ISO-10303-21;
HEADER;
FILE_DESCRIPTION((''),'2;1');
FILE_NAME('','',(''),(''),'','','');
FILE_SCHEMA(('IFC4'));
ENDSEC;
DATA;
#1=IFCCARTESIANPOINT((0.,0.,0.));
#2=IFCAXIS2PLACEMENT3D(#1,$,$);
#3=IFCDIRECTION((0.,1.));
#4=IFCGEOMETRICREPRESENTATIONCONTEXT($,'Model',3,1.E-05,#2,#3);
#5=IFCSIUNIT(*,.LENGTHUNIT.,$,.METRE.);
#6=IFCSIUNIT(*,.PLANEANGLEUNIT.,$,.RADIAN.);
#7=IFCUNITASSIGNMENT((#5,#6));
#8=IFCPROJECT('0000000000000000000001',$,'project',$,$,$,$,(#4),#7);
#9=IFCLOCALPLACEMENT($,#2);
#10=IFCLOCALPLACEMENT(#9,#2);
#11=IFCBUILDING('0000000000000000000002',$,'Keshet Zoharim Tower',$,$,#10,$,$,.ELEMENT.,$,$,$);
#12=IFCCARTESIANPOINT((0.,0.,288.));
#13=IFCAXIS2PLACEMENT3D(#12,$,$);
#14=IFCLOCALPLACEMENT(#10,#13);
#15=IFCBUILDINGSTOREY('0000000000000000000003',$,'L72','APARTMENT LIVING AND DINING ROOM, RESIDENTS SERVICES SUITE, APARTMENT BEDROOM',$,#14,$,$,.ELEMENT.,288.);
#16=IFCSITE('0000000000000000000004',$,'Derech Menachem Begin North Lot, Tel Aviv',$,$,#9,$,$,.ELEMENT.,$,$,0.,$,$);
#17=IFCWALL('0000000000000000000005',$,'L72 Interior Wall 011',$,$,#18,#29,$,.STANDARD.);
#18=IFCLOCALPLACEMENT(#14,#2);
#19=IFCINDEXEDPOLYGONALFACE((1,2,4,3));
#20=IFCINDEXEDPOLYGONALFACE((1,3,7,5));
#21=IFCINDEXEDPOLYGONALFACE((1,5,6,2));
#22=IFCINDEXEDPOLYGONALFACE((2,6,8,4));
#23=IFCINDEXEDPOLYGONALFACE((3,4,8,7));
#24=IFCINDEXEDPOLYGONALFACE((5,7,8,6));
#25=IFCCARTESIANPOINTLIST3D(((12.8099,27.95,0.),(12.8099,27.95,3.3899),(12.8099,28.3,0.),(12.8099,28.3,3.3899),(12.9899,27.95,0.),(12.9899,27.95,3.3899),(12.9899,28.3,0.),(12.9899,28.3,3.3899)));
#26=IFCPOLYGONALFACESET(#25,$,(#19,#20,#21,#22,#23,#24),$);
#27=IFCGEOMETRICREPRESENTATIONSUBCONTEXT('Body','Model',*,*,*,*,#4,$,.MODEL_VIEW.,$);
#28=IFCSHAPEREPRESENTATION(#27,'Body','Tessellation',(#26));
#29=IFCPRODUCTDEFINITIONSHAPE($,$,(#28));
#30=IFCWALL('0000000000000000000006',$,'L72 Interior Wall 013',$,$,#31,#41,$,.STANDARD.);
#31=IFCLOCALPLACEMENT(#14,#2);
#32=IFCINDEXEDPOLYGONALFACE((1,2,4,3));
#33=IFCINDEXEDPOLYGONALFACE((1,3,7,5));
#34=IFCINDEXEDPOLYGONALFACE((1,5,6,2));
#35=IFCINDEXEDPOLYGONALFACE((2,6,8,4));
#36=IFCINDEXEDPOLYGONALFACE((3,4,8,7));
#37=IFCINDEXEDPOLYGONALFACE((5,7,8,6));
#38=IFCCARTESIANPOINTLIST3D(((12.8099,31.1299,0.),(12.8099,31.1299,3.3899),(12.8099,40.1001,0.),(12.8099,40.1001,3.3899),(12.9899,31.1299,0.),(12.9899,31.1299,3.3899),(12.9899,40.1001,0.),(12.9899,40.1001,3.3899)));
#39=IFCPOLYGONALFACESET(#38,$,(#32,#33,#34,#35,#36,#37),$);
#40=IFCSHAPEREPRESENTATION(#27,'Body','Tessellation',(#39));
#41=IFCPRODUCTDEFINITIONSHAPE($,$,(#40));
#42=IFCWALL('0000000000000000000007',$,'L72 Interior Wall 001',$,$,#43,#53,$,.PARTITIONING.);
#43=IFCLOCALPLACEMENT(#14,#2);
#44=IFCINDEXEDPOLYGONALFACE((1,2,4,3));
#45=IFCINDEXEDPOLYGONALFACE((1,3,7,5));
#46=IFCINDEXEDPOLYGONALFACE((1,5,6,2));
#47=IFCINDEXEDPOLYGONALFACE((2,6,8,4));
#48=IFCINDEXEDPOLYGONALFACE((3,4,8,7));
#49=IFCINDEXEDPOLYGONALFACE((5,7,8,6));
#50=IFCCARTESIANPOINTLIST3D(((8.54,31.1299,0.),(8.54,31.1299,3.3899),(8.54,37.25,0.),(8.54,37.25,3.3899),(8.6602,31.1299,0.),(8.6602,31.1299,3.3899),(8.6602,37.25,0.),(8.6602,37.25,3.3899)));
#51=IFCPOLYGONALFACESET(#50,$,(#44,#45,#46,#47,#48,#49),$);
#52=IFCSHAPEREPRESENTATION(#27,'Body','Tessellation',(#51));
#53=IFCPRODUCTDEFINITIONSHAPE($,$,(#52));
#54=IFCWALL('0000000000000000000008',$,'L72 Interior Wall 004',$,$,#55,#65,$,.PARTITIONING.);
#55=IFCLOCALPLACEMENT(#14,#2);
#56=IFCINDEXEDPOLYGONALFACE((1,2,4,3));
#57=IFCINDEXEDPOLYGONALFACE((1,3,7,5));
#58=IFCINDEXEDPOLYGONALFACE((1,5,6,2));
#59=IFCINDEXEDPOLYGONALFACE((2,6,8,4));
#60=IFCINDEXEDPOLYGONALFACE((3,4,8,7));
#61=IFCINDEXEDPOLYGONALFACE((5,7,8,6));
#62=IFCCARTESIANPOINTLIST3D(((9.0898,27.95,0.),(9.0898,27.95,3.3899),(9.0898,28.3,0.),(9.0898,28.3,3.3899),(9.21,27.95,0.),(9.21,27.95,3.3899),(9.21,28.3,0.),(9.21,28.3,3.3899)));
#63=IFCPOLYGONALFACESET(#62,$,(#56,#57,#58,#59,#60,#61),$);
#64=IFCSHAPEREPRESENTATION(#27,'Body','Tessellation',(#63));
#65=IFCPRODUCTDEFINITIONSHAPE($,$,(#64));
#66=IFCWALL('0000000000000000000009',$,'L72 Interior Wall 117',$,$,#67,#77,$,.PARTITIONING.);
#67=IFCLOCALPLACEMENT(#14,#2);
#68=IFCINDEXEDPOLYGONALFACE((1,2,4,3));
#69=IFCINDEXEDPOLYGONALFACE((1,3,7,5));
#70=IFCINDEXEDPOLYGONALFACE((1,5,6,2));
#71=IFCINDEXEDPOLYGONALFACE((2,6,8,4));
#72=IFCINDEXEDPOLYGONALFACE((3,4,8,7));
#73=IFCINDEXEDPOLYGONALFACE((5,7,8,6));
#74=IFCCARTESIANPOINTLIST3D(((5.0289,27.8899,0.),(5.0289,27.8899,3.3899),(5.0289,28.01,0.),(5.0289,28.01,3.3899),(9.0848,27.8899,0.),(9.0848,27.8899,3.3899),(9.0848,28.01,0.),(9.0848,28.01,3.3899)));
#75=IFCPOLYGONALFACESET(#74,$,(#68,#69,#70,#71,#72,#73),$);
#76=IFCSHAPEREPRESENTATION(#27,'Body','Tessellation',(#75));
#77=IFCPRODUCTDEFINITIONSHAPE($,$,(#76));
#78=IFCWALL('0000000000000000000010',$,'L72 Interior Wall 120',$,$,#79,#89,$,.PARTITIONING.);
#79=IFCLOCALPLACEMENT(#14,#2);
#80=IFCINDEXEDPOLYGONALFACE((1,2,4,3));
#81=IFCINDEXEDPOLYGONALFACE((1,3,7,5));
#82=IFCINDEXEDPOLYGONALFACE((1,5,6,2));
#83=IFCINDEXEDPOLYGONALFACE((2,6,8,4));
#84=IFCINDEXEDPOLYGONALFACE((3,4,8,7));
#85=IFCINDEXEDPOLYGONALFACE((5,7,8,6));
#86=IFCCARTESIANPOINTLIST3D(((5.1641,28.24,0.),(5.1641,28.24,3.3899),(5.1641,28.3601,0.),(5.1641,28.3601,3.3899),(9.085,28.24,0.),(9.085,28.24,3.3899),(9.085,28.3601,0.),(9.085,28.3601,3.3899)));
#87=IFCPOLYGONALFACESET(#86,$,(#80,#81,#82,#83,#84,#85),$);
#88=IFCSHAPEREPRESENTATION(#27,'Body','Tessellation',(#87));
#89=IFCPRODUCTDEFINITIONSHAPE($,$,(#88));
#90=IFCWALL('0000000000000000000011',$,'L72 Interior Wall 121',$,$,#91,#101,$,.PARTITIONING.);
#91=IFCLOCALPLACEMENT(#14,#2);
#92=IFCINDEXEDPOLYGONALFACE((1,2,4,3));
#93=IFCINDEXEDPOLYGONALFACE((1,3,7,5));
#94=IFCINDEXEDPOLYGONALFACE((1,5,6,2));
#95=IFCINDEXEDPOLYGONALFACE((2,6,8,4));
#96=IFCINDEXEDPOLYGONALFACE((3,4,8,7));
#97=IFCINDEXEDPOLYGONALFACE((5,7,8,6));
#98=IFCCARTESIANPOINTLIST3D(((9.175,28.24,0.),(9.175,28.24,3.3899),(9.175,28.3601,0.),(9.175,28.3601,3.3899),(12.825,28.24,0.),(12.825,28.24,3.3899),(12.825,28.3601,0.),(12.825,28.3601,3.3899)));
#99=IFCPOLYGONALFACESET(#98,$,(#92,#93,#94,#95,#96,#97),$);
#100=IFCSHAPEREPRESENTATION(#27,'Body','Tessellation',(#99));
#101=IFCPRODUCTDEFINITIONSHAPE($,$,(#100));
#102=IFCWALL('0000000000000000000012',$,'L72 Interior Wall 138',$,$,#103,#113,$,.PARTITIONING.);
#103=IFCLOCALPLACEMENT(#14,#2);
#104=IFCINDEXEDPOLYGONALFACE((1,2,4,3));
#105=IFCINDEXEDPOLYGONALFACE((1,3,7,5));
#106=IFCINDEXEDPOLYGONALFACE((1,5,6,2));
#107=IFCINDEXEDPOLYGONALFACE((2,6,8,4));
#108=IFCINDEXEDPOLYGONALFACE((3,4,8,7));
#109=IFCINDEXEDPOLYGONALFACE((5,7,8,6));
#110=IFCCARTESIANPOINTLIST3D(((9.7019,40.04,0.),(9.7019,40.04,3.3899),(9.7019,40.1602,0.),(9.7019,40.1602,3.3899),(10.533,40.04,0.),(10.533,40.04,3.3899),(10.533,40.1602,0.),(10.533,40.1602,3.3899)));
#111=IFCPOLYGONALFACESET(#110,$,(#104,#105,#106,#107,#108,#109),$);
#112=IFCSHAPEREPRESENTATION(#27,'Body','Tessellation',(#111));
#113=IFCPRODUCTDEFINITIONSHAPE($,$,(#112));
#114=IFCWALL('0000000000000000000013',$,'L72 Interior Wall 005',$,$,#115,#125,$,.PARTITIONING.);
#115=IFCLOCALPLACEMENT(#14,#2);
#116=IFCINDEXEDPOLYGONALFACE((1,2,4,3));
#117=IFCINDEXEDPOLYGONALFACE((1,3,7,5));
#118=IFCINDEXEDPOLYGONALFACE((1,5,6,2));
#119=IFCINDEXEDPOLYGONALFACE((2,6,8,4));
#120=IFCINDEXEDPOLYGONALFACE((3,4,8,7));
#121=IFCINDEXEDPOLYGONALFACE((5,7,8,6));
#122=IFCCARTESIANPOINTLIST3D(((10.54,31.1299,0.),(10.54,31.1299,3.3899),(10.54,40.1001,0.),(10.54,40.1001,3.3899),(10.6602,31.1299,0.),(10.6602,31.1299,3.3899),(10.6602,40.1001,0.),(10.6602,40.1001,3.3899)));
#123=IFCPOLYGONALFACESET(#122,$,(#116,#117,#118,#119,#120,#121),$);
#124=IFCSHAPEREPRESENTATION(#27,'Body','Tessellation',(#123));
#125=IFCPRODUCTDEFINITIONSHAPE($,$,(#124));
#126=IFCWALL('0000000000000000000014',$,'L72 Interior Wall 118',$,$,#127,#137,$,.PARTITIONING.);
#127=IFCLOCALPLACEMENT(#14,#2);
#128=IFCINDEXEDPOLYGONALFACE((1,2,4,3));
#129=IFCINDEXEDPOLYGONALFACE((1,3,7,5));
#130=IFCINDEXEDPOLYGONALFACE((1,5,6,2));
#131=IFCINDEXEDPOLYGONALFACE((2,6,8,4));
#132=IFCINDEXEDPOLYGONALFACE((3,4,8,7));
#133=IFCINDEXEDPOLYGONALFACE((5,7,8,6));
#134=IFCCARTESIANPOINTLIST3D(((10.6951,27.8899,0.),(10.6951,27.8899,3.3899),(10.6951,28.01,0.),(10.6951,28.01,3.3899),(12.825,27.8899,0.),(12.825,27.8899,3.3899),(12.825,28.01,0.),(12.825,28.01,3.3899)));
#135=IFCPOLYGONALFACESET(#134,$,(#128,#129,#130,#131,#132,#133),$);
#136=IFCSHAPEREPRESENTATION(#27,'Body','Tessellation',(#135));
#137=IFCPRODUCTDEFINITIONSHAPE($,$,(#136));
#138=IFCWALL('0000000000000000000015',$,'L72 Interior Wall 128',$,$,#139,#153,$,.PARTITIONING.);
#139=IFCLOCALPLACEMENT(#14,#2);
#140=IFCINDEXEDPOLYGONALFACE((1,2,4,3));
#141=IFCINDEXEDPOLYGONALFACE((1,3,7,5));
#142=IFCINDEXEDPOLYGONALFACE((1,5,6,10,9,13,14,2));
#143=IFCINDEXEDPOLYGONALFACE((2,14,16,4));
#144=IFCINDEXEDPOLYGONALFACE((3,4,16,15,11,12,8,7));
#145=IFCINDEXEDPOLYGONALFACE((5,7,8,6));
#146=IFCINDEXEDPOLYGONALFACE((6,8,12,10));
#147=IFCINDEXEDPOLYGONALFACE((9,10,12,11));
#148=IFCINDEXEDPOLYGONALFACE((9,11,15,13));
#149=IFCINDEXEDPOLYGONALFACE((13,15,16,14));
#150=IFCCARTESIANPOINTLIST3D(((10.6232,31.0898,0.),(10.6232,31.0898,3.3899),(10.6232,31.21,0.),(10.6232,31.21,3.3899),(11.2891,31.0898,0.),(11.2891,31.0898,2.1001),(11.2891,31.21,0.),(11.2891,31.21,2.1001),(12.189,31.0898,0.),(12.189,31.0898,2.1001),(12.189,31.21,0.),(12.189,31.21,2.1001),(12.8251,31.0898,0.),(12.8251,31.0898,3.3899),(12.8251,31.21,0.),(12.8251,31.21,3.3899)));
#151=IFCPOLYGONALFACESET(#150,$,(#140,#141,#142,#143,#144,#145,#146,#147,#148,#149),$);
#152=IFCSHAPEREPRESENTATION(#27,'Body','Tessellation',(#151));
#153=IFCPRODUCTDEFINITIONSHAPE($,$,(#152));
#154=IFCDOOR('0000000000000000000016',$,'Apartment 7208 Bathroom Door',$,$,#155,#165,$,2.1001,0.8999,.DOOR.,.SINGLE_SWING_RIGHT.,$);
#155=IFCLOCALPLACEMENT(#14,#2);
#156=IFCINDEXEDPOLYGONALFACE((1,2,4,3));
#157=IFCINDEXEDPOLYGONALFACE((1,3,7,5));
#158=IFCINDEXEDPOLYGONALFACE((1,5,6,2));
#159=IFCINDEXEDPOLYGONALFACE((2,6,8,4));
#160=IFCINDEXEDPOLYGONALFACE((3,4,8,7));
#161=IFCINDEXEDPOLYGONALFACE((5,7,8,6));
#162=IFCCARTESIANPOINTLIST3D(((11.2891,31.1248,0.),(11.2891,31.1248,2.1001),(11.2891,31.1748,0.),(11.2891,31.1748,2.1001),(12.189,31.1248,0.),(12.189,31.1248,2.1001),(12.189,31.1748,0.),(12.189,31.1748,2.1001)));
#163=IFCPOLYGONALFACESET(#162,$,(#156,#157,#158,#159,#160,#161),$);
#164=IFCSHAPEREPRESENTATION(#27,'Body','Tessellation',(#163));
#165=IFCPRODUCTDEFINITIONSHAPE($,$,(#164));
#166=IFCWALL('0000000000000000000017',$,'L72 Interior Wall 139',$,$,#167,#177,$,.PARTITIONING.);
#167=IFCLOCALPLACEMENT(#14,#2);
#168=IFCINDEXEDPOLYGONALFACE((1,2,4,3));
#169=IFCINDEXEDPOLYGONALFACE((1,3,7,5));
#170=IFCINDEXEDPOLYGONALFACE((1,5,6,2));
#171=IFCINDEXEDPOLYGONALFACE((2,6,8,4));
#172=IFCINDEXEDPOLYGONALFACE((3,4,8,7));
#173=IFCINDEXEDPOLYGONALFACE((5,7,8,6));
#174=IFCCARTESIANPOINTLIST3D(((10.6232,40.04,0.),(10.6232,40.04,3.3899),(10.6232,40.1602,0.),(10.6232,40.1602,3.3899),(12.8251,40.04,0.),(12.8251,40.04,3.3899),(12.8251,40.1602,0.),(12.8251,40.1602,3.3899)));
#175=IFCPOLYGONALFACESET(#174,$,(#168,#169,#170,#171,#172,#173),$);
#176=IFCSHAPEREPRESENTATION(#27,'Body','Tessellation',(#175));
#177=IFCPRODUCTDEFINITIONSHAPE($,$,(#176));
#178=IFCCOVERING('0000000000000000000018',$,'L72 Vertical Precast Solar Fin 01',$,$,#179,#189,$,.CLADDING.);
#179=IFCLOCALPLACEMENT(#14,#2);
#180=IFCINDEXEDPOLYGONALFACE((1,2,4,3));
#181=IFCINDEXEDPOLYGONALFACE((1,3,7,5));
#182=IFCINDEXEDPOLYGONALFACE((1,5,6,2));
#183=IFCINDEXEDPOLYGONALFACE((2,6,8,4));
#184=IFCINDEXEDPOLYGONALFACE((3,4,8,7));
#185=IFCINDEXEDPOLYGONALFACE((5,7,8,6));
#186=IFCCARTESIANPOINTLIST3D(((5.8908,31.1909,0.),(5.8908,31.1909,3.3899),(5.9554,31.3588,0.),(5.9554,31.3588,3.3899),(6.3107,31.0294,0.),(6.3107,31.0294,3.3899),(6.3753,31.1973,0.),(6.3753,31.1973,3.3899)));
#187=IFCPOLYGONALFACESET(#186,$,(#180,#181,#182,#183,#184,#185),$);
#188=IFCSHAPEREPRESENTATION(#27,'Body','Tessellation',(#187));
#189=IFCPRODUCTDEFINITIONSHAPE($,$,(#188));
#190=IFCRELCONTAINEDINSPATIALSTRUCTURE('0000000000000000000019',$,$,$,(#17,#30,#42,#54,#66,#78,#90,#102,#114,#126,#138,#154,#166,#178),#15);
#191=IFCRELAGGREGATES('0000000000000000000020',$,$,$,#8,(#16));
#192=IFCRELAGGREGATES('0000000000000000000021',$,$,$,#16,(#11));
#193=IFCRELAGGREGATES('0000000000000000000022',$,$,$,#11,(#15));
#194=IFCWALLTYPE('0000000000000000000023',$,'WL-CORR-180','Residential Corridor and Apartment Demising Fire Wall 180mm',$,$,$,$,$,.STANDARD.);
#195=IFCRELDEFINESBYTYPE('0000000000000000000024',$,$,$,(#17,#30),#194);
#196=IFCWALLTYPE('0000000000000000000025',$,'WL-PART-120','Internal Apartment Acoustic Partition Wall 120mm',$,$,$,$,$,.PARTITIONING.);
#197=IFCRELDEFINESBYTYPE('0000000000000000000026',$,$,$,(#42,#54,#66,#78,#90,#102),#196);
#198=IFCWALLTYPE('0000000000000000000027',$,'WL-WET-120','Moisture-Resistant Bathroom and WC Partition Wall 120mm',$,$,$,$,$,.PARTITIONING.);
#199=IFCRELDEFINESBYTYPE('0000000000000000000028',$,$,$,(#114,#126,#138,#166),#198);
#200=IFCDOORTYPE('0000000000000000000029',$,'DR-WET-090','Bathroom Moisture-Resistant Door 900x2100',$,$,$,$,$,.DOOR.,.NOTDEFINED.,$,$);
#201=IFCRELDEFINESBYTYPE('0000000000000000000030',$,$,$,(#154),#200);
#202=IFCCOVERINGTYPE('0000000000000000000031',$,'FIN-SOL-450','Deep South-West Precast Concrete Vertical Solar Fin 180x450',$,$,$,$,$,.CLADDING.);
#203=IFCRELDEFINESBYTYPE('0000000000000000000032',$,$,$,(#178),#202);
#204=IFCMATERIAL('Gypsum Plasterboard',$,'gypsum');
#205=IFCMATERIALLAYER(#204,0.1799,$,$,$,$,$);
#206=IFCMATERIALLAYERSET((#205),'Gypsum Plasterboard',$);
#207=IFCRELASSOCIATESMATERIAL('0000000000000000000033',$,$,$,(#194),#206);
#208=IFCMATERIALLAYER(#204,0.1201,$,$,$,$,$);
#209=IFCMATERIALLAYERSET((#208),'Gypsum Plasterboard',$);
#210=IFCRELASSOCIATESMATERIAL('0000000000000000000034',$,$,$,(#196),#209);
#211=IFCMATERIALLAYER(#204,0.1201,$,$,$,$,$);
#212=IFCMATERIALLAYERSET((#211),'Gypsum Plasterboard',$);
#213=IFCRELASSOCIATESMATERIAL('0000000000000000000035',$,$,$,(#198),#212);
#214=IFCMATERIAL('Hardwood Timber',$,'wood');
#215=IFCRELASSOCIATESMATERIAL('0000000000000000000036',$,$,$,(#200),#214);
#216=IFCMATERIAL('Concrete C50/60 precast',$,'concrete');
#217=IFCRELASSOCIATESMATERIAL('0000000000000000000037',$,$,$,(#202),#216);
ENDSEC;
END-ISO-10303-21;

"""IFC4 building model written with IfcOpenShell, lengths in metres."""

from ifc_helpers import new_model, si_unit, direction, frame, frame_2d, origin, origin_2d, place, context, subcontext, project, spatial, rectangle, extrude, material, layer, layer_set, type_object, element, fill, save


model = new_model("IFC4")

# Units and contexts
model_context = context("Model", 3, precision=1e-05, world=origin(), true_north=direction((0.0, 1.0)))
body_context = subcontext(model_context, "Body", "Model", "MODEL_VIEW")
ifc_project = project(units=[si_unit("LENGTHUNIT", "METRE"), si_unit("PLANEANGLEUNIT", "RADIAN")], contexts=[model_context])

# Site, building, storey
site_placement = place(None, origin())
site = spatial("IfcSite", under=ifc_project, at=site_placement, Name="Derech Menachem Begin North Lot, Tel Aviv", CompositionType="ELEMENT", RefElevation=0.0)
building_placement = place(site_placement, origin())
building = spatial("IfcBuilding", under=site, at=building_placement, Name="Keshet Zoharim Tower", CompositionType="ELEMENT")
storey_placement = place(building_placement, frame((0.0, 0.0, 288.0)))
storey = spatial("IfcBuildingStorey", under=building, at=storey_placement, Name="L72", Description="APARTMENT LIVING AND DINING ROOM, RESIDENTS SERVICES SUITE, APARTMENT BEDROOM", CompositionType="ELEMENT", Elevation=288.0)

# Wall
ifc_material_1 = material(Name="Gypsum Plasterboard", Category="gypsum")
ifc_layer_1 = layer(ifc_material_1, 0.1799)
ifc_layer_set_1 = layer_set([ifc_layer_1], Name="Gypsum Plasterboard")
wall_type_1 = type_object("IfcWallType", Name="WL-CORR-180", Description="Residential Corridor and Apartment Demising Fire Wall 180mm", PredefinedType="STANDARD", material=ifc_layer_set_1)
wall_1_placement = place(storey_placement, frame((12.8999, 27.95, 0.0), z_axis=(0.0, 0.0, 1.0), x_axis=(0.0, 1.0, 0.0)))
element("IfcWall", 1, at=wall_1_placement, inside=storey, type_object=wall_type_1, Name="L72 Interior Wall 011", PredefinedType="STANDARD", context=body_context, shape_type="SweptSolid", body=[
    extrude(rectangle(XDim=0.3501, YDim=0.1799, at=frame_2d((0.175, 0.0))), origin(), (0.0, 0.0, 1.0), 3.3899),
])

# Shared definitions
ifc_material_2 = material(Name="Hardwood Timber", Category="wood")

# Wall
wall_2_placement = place(storey_placement, frame((12.8999, 31.1299, 0.0), z_axis=(0.0, 0.0, 1.0), x_axis=(0.0, 1.0, 0.0)))
element("IfcWall", 2, at=wall_2_placement, inside=storey, type_object=wall_type_1, Name="L72 Interior Wall 013", PredefinedType="STANDARD", context=body_context, shape_type="SweptSolid", body=[
    extrude(rectangle(XDim=8.9702, YDim=0.1799, at=frame_2d((4.4851, 0.0))), origin(), (0.0, 0.0, 1.0), 3.3899),
])

# Walls
ifc_layer_2 = layer(ifc_material_1, 0.1201)
ifc_layer_set_2 = layer_set([ifc_layer_2], Name="Gypsum Plasterboard")
wall_type_2 = type_object("IfcWallType", Name="WL-PART-120", Description="Internal Apartment Acoustic Partition Wall 120mm", PredefinedType="PARTITIONING", material=ifc_layer_set_2)
wall_3_placement = place(storey_placement, frame((8.6001, 31.1299, 0.0), z_axis=(0.0, 0.0, 1.0), x_axis=(0.0, 1.0, 0.0)))
element("IfcWall", 3, at=wall_3_placement, inside=storey, type_object=wall_type_2, Name="L72 Interior Wall 001", PredefinedType="PARTITIONING", context=body_context, shape_type="SweptSolid", body=[
    extrude(rectangle(XDim=6.1201, YDim=0.1201, at=frame_2d((3.0601, 0.0))), origin(), (0.0, 0.0, 1.0), 3.3899),
])
wall_4_placement = place(storey_placement, frame((9.1499, 27.95, 0.0), z_axis=(0.0, 0.0, 1.0), x_axis=(0.0, 1.0, 0.0)))
element("IfcWall", 4, at=wall_4_placement, inside=storey, type_object=wall_type_2, Name="L72 Interior Wall 004", PredefinedType="PARTITIONING", context=body_context, shape_type="SweptSolid", body=[
    extrude(rectangle(XDim=0.3501, YDim=0.1201, at=frame_2d((0.175, 0.0))), origin(), (0.0, 0.0, 1.0), 3.3899),
])
wall_5_placement = place(storey_placement, frame((5.0291, 27.95, 0.0), z_axis=(0.0, 0.0, 1.0), x_axis=(1.0, 0.0, 0.0)))
element("IfcWall", 5, at=wall_5_placement, inside=storey, type_object=wall_type_2, Name="L72 Interior Wall 117", PredefinedType="PARTITIONING", context=body_context, shape_type="SweptSolid", body=[
    extrude(rectangle(XDim=4.0559, YDim=0.1201, at=frame_2d((2.0278, 0.0))), origin(), (0.0, 0.0, 1.0), 3.3899),
])
wall_6_placement = place(storey_placement, frame((5.1641, 28.3, 0.0), z_axis=(0.0, 0.0, 1.0), x_axis=(1.0, 0.0, 0.0)))
element("IfcWall", 6, at=wall_6_placement, inside=storey, type_object=wall_type_2, Name="L72 Interior Wall 120", PredefinedType="PARTITIONING", context=body_context, shape_type="SweptSolid", body=[
    extrude(rectangle(XDim=3.9209, YDim=0.1201, at=frame_2d((1.9604, 0.0))), origin(), (0.0, 0.0, 1.0), 3.3899),
])
wall_7_placement = place(storey_placement, frame((9.175, 28.3, 0.0), z_axis=(0.0, 0.0, 1.0), x_axis=(1.0, 0.0, 0.0)))
element("IfcWall", 7, at=wall_7_placement, inside=storey, type_object=wall_type_2, Name="L72 Interior Wall 121", PredefinedType="PARTITIONING", context=body_context, shape_type="SweptSolid", body=[
    extrude(rectangle(XDim=3.6499, YDim=0.1201, at=frame_2d((1.825, 0.0))), origin(), (0.0, 0.0, 1.0), 3.3899),
])

# Walls
wall_8_placement = place(storey_placement, frame((9.7019, 40.1001, 0.0), z_axis=(0.0, 0.0, 1.0), x_axis=(1.0, 0.0, 0.0)))
element("IfcWall", 8, at=wall_8_placement, inside=storey, type_object=wall_type_2, Name="L72 Interior Wall 138", PredefinedType="PARTITIONING", context=body_context, shape_type="SweptSolid", body=[
    extrude(rectangle(XDim=0.8311, YDim=0.1201, at=frame_2d((0.4155, 0.0))), origin(), (0.0, 0.0, 1.0), 3.3899),
])
ifc_layer_3 = layer(ifc_material_1, 0.1201)
ifc_layer_set_3 = layer_set([ifc_layer_3], Name="Gypsum Plasterboard")
wall_type_3 = type_object("IfcWallType", Name="WL-WET-120", Description="Moisture-Resistant Bathroom and WC Partition Wall 120mm", PredefinedType="PARTITIONING", material=ifc_layer_set_3)
wall_9_placement = place(storey_placement, frame((10.6001, 31.1299, 0.0), z_axis=(0.0, 0.0, 1.0), x_axis=(0.0, 1.0, 0.0)))
element("IfcWall", 9, at=wall_9_placement, inside=storey, type_object=wall_type_3, Name="L72 Interior Wall 005", PredefinedType="PARTITIONING", context=body_context, shape_type="SweptSolid", body=[
    extrude(rectangle(XDim=8.9702, YDim=0.1201, at=frame_2d((4.4851, 0.0))), origin(), (0.0, 0.0, 1.0), 3.3899),
])
wall_10_placement = place(storey_placement, frame((10.6951, 27.95, 0.0), z_axis=(0.0, 0.0, 1.0), x_axis=(1.0, 0.0, 0.0)))
element("IfcWall", 10, at=wall_10_placement, inside=storey, type_object=wall_type_3, Name="L72 Interior Wall 118", PredefinedType="PARTITIONING", context=body_context, shape_type="SweptSolid", body=[
    extrude(rectangle(XDim=2.1299, YDim=0.1201, at=frame_2d((1.0649, 0.0))), origin(), (0.0, 0.0, 1.0), 3.3899),
])

# Wall, opening, door
wall_11_placement = place(storey_placement, frame((10.623, 31.1499, 0.0), z_axis=(0.0, 0.0, 1.0), x_axis=(1.0, 0.0, 0.0)))
wall_11 = element("IfcWall", 11, at=wall_11_placement, inside=storey, type_object=wall_type_3, Name="L72 Interior Wall 128", PredefinedType="PARTITIONING", context=body_context, shape_type="SweptSolid", body=[
    extrude(rectangle(XDim=2.2019, YDim=0.1201, at=frame_2d((1.1011, 0.0))), origin(), (0.0, 0.0, 1.0), 3.3899),
])
opening_1_placement = place(wall_11_placement, frame((0.666, 0.0, 0.0)))
opening_1 = element("IfcOpeningElement", 12, at=opening_1_placement, cuts=wall_11, PredefinedType="OPENING", context=body_context, shape_type="SweptSolid", body=[
    extrude(rectangle(XDim=0.8999, YDim=2.1001, at=frame_2d((0.45, 1.05))), frame((0.0, 0.0701, 0.0), z_axis=(0.0, -1.0, 0.0), x_axis=(1.0, 0.0, 0.0)), (0.0, 0.0, 1.0), 0.1401),
])
door_type_1 = type_object("IfcDoorType", Name="DR-WET-090", Description="Bathroom Moisture-Resistant Door 900x2100", OperationType="NOTDEFINED", PredefinedType="DOOR", material=ifc_material_2)
door_1_placement = place(opening_1_placement, origin())
door_1 = element("IfcDoor", 13, at=door_1_placement, inside=storey, type_object=door_type_1, Name="Apartment 7208 Bathroom Door", OperationType="SINGLE_SWING_RIGHT", OverallHeight=2.1001, OverallWidth=0.8999, PredefinedType="DOOR", context=body_context, shape_type="SweptSolid", body=[
    extrude(rectangle(XDim=0.8999, YDim=2.1001, at=frame_2d((0.45, 1.05))), frame((0.0, 0.0249, 0.0), z_axis=(0.0, -1.0, 0.0), x_axis=(1.0, 0.0, 0.0)), (0.0, 0.0, 1.0), 0.05),
])
fill(opening_1, door_1)

# Wall
wall_12_placement = place(storey_placement, frame((10.623, 40.1001, 0.0), z_axis=(0.0, 0.0, 1.0), x_axis=(1.0, 0.0, 0.0)))
element("IfcWall", 14, at=wall_12_placement, inside=storey, type_object=wall_type_3, Name="L72 Interior Wall 139", PredefinedType="PARTITIONING", context=body_context, shape_type="SweptSolid", body=[
    extrude(rectangle(XDim=2.2019, YDim=0.1201, at=frame_2d((1.1011, 0.0))), origin(), (0.0, 0.0, 1.0), 3.3899),
])

# Covering
ifc_material_3 = material(Name="Concrete C50/60 precast", Category="concrete")
covering_type = type_object("IfcCoveringType", Name="FIN-SOL-450", Description="Deep South-West Precast Concrete Vertical Solar Fin 180x450", PredefinedType="CLADDING", material=ifc_material_3)
covering_placement = place(storey_placement, frame((6.1331, 31.1941, 0.0), z_axis=(0.0, 0.0, 1.0), x_axis=(0.35899, 0.933341, 0.0)))
element("IfcCovering", 15, at=covering_placement, inside=storey, type_object=covering_type, Name="L72 Vertical Precast Solar Fin 01", PredefinedType="CLADDING", context=body_context, shape_type="SweptSolid", body=[
    extrude(rectangle(XDim=0.1799, YDim=0.45, at=origin_2d()), origin(), (0.0, 0.0, 1.0), 3.3899),
])

save(model, "model.ifc")
